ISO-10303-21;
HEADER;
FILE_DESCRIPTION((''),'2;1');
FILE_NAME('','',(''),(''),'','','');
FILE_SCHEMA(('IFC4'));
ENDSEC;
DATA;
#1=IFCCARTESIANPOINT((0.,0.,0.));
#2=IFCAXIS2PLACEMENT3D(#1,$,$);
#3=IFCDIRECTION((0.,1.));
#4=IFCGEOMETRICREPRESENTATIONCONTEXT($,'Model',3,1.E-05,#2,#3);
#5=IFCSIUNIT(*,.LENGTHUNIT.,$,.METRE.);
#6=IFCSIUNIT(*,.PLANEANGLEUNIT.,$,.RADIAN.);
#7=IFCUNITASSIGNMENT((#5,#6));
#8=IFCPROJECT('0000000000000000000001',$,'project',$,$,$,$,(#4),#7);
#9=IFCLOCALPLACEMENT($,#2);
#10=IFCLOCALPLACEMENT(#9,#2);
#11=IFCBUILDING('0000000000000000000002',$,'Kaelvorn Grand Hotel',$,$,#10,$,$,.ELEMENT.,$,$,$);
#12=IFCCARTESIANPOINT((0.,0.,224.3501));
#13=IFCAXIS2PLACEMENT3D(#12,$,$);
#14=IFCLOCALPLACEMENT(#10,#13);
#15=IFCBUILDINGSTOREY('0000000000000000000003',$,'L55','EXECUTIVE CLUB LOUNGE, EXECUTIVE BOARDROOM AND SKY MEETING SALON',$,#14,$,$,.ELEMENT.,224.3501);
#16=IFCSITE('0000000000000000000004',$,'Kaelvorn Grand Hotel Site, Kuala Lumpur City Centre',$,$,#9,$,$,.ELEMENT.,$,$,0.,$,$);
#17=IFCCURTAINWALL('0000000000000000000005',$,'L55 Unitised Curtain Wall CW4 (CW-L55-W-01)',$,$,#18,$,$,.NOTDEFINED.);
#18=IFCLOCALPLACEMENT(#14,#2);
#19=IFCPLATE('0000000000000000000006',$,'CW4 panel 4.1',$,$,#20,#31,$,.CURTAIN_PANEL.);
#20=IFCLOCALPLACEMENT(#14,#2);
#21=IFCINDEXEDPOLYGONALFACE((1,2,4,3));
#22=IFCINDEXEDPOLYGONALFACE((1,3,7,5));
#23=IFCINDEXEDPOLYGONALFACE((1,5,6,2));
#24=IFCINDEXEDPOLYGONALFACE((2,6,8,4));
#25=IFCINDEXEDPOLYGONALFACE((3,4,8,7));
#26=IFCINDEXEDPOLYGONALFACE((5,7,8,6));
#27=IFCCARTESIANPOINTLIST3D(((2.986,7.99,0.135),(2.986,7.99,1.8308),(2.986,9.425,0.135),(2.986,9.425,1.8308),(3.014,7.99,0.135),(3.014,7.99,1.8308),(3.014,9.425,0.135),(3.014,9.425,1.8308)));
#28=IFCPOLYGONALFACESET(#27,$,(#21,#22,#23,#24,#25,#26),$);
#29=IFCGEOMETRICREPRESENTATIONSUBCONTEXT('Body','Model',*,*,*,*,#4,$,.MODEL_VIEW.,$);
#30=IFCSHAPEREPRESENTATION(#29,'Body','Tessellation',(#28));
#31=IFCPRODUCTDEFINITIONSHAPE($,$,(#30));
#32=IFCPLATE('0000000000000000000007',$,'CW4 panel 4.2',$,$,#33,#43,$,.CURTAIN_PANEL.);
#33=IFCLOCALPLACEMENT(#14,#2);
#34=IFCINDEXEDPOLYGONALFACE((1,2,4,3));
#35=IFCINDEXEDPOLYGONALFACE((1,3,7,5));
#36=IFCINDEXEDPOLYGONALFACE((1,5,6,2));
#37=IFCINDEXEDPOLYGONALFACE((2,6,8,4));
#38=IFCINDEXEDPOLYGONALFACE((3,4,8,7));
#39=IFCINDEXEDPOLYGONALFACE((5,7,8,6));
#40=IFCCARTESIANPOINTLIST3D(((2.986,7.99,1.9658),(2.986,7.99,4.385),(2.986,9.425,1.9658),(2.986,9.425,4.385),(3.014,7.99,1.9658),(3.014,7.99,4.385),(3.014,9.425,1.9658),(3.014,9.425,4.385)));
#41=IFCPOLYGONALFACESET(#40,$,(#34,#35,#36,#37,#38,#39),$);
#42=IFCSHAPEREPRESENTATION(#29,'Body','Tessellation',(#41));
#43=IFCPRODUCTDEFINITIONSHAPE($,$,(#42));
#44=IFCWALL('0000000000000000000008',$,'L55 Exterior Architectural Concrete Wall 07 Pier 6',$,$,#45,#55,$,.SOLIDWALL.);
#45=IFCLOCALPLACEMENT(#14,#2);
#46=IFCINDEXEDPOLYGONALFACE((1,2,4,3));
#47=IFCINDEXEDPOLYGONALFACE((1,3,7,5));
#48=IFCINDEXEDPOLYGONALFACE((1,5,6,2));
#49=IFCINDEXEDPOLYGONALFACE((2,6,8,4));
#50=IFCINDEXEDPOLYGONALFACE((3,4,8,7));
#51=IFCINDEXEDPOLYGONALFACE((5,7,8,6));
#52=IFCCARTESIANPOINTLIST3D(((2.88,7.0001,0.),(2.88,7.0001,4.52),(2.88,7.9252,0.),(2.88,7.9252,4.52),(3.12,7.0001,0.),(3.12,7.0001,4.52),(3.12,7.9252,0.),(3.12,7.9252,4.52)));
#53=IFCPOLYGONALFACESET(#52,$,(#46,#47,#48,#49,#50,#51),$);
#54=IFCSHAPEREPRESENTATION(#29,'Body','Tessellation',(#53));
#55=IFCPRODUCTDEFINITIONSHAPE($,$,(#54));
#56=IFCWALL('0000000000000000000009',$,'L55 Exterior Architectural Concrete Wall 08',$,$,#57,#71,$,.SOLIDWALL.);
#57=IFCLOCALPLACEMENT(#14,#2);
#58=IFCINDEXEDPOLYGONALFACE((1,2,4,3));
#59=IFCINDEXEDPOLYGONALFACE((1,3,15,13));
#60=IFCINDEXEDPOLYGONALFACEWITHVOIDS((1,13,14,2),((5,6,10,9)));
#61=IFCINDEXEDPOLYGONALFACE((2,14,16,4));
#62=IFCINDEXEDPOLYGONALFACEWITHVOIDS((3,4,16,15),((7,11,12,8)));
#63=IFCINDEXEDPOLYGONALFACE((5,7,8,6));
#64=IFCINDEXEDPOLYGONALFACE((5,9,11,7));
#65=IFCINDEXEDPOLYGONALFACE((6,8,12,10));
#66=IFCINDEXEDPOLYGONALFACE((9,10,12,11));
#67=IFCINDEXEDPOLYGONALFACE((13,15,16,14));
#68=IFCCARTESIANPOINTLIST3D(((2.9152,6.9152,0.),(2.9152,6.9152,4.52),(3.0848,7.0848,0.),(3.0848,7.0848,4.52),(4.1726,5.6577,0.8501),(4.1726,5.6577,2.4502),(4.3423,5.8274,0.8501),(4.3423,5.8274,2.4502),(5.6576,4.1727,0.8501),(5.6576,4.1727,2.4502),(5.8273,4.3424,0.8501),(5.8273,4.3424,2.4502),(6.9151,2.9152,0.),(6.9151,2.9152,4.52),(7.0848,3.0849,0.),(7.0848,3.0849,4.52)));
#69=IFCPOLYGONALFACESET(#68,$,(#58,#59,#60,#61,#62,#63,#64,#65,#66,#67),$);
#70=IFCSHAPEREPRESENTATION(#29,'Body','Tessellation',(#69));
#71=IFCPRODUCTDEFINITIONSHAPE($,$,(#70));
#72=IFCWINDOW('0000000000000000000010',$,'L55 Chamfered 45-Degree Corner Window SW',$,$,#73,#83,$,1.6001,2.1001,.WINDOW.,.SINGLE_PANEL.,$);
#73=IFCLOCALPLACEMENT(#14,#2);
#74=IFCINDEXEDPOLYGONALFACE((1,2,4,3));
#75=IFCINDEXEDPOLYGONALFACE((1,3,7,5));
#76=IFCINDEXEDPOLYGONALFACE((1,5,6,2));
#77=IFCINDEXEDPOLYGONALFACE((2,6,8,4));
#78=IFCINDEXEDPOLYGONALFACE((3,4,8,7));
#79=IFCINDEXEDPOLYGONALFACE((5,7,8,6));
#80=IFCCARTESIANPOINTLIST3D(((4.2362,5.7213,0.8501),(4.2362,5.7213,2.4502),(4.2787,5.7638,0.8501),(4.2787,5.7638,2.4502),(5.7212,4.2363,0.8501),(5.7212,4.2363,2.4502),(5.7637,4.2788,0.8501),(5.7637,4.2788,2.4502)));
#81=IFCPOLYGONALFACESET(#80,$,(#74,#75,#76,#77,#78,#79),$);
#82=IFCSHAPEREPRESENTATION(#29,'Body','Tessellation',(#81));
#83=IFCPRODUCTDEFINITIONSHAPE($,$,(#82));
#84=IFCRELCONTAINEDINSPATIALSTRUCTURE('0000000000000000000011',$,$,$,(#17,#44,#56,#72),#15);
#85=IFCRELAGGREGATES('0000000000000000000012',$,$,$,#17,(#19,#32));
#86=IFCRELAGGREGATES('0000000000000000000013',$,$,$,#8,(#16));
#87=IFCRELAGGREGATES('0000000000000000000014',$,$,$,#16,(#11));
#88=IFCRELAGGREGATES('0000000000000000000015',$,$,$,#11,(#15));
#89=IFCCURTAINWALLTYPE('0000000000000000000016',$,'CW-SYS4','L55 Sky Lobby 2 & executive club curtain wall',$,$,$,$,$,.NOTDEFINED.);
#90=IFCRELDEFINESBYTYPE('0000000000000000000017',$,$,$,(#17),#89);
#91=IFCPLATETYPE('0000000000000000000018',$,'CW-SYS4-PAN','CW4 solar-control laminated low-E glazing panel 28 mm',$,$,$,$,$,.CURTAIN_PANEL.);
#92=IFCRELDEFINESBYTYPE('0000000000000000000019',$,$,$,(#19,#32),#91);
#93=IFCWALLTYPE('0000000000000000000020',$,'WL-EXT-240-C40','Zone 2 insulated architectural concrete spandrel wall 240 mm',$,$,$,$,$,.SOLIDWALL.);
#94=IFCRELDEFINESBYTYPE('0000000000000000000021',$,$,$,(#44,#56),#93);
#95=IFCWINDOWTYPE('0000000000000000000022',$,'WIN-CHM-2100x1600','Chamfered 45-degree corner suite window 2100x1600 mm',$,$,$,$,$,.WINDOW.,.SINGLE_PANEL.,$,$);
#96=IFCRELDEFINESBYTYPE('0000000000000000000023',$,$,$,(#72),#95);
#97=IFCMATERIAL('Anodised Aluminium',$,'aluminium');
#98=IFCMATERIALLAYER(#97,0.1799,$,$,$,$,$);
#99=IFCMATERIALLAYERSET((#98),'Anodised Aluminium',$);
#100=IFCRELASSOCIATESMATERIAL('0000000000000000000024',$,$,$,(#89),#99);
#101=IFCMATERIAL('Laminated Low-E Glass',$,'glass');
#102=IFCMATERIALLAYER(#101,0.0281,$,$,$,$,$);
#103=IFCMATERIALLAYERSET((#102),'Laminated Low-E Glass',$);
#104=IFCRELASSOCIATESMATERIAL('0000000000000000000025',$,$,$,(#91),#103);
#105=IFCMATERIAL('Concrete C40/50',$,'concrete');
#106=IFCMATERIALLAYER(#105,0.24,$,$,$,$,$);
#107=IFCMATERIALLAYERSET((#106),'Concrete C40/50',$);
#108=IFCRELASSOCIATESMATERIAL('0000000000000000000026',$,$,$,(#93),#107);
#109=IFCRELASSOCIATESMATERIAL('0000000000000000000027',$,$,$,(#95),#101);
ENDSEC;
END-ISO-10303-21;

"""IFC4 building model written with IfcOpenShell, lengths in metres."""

from ifc_helpers import new_model, si_unit, direction, frame, frame_2d, origin, origin_2d, place, context, subcontext, project, spatial, rectangle, extrude, material, layer, layer_set, type_object, element, fill, aggregate, save


model = new_model("IFC4")

# Units and contexts
model_context = context("Model", 3, precision=1e-05, world=origin(), true_north=direction((0.0, 1.0)))
body_context = subcontext(model_context, "Body", "Model", "MODEL_VIEW")
ifc_project = project(units=[si_unit("LENGTHUNIT", "METRE"), si_unit("PLANEANGLEUNIT", "RADIAN")], contexts=[model_context])

# Site, building, storey
site_placement = place(None, origin())
site = spatial("IfcSite", under=ifc_project, at=site_placement, Name="Kaelvorn Grand Hotel Site, Kuala Lumpur City Centre", CompositionType="ELEMENT", RefElevation=0.0)
building_placement = place(site_placement, origin())
building = spatial("IfcBuilding", under=site, at=building_placement, Name="Kaelvorn Grand Hotel", CompositionType="ELEMENT")
storey_placement = place(building_placement, frame((0.0, 0.0, 224.3501)))
storey = spatial("IfcBuildingStorey", under=building, at=storey_placement, Name="L55", Description="EXECUTIVE CLUB LOUNGE, EXECUTIVE BOARDROOM AND SKY MEETING SALON", CompositionType="ELEMENT", Elevation=224.3501)

# Curtain wall, plates
ifc_material_1 = material(Name="Anodised Aluminium", Category="aluminium")
ifc_layer_1 = layer(ifc_material_1, 0.1799)
ifc_layer_set_1 = layer_set([ifc_layer_1], Name="Anodised Aluminium")
curtain_wall_type = type_object("IfcCurtainWallType", Name="CW-SYS4", Description="L55 Sky Lobby 2 & executive club curtain wall", PredefinedType="NOTDEFINED", material=ifc_layer_set_1)
curtain_wall_placement = place(storey_placement, origin())
curtain_wall = element("IfcCurtainWall", 1, at=curtain_wall_placement, inside=storey, type_object=curtain_wall_type, Name="L55 Unitised Curtain Wall CW4 (CW-L55-W-01)", PredefinedType="NOTDEFINED")
ifc_material_2 = material(Name="Laminated Low-E Glass", Category="glass")
ifc_layer_2 = layer(ifc_material_2, 0.0281)
ifc_layer_set_2 = layer_set([ifc_layer_2], Name="Laminated Low-E Glass")
plate_type = type_object("IfcPlateType", Name="CW-SYS4-PAN", Description="CW4 solar-control laminated low-E glazing panel 28 mm", PredefinedType="CURTAIN_PANEL", material=ifc_layer_set_2)
plate_1_placement = place(storey_placement, frame((3.0, 8.7075, 0.135), z_axis=(0.0, 0.0, 1.0), x_axis=(0.0, -1.0, 0.0)))
plate_1 = element("IfcPlate", 2, at=plate_1_placement, type_object=plate_type, Name="CW4 panel 4.1", PredefinedType="CURTAIN_PANEL", context=body_context, shape_type="SweptSolid", body=[
    extrude(rectangle(XDim=1.4351, YDim=0.0281, at=origin_2d()), origin(), (0.0, 0.0, 1.0), 1.6958),
])
plate_2_placement = place(storey_placement, frame((3.0, 8.7075, 1.9658), z_axis=(0.0, 0.0, 1.0), x_axis=(0.0, -1.0, 0.0)))
plate_2 = element("IfcPlate", 3, at=plate_2_placement, type_object=plate_type, Name="CW4 panel 4.2", PredefinedType="CURTAIN_PANEL", context=body_context, shape_type="SweptSolid", body=[
    extrude(rectangle(XDim=1.4351, YDim=0.0281, at=origin_2d()), origin(), (0.0, 0.0, 1.0), 2.4192),
])
aggregate(curtain_wall, [plate_1, plate_2])

# Wall
ifc_material_3 = material(Name="Concrete C40/50", Category="concrete")
ifc_layer_3 = layer(ifc_material_3, 0.24)
ifc_layer_set_3 = layer_set([ifc_layer_3], Name="Concrete C40/50")
wall_type = type_object("IfcWallType", Name="WL-EXT-240-C40", Description="Zone 2 insulated architectural concrete spandrel wall 240 mm", PredefinedType="SOLIDWALL", material=ifc_layer_set_3)
wall_1_placement = place(storey_placement, frame((3.0, 7.925, 0.0), z_axis=(0.0, 0.0, 1.0), x_axis=(0.0, -1.0, 0.0)))
element("IfcWall", 4, at=wall_1_placement, inside=storey, type_object=wall_type, Name="L55 Exterior Architectural Concrete Wall 07 Pier 6", PredefinedType="SOLIDWALL", context=body_context, shape_type="SweptSolid", body=[
    extrude(rectangle(XDim=0.925, YDim=0.24, at=frame_2d((0.4624, 0.0))), origin(), (0.0, 0.0, 1.0), 4.52),
])

# Wall, opening, window
wall_2_placement = place(storey_placement, frame((3.0, 7.0, 0.0), z_axis=(0.0, 0.0, 1.0), x_axis=(0.707107, -0.707107, 0.0)))
wall_2 = element("IfcWall", 5, at=wall_2_placement, inside=storey, type_object=wall_type, Name="L55 Exterior Architectural Concrete Wall 08", PredefinedType="SOLIDWALL", context=body_context, shape_type="SweptSolid", body=[
    extrude(rectangle(XDim=5.6567, YDim=0.24, at=frame_2d((2.8284, 0.0))), origin(), (0.0, 0.0, 1.0), 4.52),
])
opening_placement = place(wall_2_placement, frame((1.7783, 0.0, 0.8501)))
opening = element("IfcOpeningElement", 6, at=opening_placement, cuts=wall_2, PredefinedType="OPENING", context=body_context, shape_type="SweptSolid", body=[
    extrude(rectangle(XDim=2.1001, YDim=1.6001, at=frame_2d((1.05, 0.8))), frame((0.0, 0.1299, 0.0), z_axis=(0.0, -1.0, 0.0), x_axis=(1.0, 0.0, 0.0)), (0.0, 0.0, 1.0), 0.26),
])
window_type = type_object("IfcWindowType", Name="WIN-CHM-2100x1600", Description="Chamfered 45-degree corner suite window 2100x1600 mm", PartitioningType="SINGLE_PANEL", PredefinedType="WINDOW", material=ifc_material_2)
window_placement = place(opening_placement, origin())
window = element("IfcWindow", 7, at=window_placement, inside=storey, type_object=window_type, Name="L55 Chamfered 45-Degree Corner Window SW", OverallHeight=1.6001, OverallWidth=2.1001, PartitioningType="SINGLE_PANEL", PredefinedType="WINDOW", context=body_context, shape_type="SweptSolid", body=[
    extrude(rectangle(XDim=2.1001, YDim=1.6001, at=frame_2d((1.05, 0.8))), frame((0.0, 0.03, 0.0), z_axis=(0.0, -1.0, 0.0), x_axis=(1.0, 0.0, 0.0)), (0.0, 0.0, 1.0), 0.0601),
])
fill(opening, window)

save(model, "model.ifc")
